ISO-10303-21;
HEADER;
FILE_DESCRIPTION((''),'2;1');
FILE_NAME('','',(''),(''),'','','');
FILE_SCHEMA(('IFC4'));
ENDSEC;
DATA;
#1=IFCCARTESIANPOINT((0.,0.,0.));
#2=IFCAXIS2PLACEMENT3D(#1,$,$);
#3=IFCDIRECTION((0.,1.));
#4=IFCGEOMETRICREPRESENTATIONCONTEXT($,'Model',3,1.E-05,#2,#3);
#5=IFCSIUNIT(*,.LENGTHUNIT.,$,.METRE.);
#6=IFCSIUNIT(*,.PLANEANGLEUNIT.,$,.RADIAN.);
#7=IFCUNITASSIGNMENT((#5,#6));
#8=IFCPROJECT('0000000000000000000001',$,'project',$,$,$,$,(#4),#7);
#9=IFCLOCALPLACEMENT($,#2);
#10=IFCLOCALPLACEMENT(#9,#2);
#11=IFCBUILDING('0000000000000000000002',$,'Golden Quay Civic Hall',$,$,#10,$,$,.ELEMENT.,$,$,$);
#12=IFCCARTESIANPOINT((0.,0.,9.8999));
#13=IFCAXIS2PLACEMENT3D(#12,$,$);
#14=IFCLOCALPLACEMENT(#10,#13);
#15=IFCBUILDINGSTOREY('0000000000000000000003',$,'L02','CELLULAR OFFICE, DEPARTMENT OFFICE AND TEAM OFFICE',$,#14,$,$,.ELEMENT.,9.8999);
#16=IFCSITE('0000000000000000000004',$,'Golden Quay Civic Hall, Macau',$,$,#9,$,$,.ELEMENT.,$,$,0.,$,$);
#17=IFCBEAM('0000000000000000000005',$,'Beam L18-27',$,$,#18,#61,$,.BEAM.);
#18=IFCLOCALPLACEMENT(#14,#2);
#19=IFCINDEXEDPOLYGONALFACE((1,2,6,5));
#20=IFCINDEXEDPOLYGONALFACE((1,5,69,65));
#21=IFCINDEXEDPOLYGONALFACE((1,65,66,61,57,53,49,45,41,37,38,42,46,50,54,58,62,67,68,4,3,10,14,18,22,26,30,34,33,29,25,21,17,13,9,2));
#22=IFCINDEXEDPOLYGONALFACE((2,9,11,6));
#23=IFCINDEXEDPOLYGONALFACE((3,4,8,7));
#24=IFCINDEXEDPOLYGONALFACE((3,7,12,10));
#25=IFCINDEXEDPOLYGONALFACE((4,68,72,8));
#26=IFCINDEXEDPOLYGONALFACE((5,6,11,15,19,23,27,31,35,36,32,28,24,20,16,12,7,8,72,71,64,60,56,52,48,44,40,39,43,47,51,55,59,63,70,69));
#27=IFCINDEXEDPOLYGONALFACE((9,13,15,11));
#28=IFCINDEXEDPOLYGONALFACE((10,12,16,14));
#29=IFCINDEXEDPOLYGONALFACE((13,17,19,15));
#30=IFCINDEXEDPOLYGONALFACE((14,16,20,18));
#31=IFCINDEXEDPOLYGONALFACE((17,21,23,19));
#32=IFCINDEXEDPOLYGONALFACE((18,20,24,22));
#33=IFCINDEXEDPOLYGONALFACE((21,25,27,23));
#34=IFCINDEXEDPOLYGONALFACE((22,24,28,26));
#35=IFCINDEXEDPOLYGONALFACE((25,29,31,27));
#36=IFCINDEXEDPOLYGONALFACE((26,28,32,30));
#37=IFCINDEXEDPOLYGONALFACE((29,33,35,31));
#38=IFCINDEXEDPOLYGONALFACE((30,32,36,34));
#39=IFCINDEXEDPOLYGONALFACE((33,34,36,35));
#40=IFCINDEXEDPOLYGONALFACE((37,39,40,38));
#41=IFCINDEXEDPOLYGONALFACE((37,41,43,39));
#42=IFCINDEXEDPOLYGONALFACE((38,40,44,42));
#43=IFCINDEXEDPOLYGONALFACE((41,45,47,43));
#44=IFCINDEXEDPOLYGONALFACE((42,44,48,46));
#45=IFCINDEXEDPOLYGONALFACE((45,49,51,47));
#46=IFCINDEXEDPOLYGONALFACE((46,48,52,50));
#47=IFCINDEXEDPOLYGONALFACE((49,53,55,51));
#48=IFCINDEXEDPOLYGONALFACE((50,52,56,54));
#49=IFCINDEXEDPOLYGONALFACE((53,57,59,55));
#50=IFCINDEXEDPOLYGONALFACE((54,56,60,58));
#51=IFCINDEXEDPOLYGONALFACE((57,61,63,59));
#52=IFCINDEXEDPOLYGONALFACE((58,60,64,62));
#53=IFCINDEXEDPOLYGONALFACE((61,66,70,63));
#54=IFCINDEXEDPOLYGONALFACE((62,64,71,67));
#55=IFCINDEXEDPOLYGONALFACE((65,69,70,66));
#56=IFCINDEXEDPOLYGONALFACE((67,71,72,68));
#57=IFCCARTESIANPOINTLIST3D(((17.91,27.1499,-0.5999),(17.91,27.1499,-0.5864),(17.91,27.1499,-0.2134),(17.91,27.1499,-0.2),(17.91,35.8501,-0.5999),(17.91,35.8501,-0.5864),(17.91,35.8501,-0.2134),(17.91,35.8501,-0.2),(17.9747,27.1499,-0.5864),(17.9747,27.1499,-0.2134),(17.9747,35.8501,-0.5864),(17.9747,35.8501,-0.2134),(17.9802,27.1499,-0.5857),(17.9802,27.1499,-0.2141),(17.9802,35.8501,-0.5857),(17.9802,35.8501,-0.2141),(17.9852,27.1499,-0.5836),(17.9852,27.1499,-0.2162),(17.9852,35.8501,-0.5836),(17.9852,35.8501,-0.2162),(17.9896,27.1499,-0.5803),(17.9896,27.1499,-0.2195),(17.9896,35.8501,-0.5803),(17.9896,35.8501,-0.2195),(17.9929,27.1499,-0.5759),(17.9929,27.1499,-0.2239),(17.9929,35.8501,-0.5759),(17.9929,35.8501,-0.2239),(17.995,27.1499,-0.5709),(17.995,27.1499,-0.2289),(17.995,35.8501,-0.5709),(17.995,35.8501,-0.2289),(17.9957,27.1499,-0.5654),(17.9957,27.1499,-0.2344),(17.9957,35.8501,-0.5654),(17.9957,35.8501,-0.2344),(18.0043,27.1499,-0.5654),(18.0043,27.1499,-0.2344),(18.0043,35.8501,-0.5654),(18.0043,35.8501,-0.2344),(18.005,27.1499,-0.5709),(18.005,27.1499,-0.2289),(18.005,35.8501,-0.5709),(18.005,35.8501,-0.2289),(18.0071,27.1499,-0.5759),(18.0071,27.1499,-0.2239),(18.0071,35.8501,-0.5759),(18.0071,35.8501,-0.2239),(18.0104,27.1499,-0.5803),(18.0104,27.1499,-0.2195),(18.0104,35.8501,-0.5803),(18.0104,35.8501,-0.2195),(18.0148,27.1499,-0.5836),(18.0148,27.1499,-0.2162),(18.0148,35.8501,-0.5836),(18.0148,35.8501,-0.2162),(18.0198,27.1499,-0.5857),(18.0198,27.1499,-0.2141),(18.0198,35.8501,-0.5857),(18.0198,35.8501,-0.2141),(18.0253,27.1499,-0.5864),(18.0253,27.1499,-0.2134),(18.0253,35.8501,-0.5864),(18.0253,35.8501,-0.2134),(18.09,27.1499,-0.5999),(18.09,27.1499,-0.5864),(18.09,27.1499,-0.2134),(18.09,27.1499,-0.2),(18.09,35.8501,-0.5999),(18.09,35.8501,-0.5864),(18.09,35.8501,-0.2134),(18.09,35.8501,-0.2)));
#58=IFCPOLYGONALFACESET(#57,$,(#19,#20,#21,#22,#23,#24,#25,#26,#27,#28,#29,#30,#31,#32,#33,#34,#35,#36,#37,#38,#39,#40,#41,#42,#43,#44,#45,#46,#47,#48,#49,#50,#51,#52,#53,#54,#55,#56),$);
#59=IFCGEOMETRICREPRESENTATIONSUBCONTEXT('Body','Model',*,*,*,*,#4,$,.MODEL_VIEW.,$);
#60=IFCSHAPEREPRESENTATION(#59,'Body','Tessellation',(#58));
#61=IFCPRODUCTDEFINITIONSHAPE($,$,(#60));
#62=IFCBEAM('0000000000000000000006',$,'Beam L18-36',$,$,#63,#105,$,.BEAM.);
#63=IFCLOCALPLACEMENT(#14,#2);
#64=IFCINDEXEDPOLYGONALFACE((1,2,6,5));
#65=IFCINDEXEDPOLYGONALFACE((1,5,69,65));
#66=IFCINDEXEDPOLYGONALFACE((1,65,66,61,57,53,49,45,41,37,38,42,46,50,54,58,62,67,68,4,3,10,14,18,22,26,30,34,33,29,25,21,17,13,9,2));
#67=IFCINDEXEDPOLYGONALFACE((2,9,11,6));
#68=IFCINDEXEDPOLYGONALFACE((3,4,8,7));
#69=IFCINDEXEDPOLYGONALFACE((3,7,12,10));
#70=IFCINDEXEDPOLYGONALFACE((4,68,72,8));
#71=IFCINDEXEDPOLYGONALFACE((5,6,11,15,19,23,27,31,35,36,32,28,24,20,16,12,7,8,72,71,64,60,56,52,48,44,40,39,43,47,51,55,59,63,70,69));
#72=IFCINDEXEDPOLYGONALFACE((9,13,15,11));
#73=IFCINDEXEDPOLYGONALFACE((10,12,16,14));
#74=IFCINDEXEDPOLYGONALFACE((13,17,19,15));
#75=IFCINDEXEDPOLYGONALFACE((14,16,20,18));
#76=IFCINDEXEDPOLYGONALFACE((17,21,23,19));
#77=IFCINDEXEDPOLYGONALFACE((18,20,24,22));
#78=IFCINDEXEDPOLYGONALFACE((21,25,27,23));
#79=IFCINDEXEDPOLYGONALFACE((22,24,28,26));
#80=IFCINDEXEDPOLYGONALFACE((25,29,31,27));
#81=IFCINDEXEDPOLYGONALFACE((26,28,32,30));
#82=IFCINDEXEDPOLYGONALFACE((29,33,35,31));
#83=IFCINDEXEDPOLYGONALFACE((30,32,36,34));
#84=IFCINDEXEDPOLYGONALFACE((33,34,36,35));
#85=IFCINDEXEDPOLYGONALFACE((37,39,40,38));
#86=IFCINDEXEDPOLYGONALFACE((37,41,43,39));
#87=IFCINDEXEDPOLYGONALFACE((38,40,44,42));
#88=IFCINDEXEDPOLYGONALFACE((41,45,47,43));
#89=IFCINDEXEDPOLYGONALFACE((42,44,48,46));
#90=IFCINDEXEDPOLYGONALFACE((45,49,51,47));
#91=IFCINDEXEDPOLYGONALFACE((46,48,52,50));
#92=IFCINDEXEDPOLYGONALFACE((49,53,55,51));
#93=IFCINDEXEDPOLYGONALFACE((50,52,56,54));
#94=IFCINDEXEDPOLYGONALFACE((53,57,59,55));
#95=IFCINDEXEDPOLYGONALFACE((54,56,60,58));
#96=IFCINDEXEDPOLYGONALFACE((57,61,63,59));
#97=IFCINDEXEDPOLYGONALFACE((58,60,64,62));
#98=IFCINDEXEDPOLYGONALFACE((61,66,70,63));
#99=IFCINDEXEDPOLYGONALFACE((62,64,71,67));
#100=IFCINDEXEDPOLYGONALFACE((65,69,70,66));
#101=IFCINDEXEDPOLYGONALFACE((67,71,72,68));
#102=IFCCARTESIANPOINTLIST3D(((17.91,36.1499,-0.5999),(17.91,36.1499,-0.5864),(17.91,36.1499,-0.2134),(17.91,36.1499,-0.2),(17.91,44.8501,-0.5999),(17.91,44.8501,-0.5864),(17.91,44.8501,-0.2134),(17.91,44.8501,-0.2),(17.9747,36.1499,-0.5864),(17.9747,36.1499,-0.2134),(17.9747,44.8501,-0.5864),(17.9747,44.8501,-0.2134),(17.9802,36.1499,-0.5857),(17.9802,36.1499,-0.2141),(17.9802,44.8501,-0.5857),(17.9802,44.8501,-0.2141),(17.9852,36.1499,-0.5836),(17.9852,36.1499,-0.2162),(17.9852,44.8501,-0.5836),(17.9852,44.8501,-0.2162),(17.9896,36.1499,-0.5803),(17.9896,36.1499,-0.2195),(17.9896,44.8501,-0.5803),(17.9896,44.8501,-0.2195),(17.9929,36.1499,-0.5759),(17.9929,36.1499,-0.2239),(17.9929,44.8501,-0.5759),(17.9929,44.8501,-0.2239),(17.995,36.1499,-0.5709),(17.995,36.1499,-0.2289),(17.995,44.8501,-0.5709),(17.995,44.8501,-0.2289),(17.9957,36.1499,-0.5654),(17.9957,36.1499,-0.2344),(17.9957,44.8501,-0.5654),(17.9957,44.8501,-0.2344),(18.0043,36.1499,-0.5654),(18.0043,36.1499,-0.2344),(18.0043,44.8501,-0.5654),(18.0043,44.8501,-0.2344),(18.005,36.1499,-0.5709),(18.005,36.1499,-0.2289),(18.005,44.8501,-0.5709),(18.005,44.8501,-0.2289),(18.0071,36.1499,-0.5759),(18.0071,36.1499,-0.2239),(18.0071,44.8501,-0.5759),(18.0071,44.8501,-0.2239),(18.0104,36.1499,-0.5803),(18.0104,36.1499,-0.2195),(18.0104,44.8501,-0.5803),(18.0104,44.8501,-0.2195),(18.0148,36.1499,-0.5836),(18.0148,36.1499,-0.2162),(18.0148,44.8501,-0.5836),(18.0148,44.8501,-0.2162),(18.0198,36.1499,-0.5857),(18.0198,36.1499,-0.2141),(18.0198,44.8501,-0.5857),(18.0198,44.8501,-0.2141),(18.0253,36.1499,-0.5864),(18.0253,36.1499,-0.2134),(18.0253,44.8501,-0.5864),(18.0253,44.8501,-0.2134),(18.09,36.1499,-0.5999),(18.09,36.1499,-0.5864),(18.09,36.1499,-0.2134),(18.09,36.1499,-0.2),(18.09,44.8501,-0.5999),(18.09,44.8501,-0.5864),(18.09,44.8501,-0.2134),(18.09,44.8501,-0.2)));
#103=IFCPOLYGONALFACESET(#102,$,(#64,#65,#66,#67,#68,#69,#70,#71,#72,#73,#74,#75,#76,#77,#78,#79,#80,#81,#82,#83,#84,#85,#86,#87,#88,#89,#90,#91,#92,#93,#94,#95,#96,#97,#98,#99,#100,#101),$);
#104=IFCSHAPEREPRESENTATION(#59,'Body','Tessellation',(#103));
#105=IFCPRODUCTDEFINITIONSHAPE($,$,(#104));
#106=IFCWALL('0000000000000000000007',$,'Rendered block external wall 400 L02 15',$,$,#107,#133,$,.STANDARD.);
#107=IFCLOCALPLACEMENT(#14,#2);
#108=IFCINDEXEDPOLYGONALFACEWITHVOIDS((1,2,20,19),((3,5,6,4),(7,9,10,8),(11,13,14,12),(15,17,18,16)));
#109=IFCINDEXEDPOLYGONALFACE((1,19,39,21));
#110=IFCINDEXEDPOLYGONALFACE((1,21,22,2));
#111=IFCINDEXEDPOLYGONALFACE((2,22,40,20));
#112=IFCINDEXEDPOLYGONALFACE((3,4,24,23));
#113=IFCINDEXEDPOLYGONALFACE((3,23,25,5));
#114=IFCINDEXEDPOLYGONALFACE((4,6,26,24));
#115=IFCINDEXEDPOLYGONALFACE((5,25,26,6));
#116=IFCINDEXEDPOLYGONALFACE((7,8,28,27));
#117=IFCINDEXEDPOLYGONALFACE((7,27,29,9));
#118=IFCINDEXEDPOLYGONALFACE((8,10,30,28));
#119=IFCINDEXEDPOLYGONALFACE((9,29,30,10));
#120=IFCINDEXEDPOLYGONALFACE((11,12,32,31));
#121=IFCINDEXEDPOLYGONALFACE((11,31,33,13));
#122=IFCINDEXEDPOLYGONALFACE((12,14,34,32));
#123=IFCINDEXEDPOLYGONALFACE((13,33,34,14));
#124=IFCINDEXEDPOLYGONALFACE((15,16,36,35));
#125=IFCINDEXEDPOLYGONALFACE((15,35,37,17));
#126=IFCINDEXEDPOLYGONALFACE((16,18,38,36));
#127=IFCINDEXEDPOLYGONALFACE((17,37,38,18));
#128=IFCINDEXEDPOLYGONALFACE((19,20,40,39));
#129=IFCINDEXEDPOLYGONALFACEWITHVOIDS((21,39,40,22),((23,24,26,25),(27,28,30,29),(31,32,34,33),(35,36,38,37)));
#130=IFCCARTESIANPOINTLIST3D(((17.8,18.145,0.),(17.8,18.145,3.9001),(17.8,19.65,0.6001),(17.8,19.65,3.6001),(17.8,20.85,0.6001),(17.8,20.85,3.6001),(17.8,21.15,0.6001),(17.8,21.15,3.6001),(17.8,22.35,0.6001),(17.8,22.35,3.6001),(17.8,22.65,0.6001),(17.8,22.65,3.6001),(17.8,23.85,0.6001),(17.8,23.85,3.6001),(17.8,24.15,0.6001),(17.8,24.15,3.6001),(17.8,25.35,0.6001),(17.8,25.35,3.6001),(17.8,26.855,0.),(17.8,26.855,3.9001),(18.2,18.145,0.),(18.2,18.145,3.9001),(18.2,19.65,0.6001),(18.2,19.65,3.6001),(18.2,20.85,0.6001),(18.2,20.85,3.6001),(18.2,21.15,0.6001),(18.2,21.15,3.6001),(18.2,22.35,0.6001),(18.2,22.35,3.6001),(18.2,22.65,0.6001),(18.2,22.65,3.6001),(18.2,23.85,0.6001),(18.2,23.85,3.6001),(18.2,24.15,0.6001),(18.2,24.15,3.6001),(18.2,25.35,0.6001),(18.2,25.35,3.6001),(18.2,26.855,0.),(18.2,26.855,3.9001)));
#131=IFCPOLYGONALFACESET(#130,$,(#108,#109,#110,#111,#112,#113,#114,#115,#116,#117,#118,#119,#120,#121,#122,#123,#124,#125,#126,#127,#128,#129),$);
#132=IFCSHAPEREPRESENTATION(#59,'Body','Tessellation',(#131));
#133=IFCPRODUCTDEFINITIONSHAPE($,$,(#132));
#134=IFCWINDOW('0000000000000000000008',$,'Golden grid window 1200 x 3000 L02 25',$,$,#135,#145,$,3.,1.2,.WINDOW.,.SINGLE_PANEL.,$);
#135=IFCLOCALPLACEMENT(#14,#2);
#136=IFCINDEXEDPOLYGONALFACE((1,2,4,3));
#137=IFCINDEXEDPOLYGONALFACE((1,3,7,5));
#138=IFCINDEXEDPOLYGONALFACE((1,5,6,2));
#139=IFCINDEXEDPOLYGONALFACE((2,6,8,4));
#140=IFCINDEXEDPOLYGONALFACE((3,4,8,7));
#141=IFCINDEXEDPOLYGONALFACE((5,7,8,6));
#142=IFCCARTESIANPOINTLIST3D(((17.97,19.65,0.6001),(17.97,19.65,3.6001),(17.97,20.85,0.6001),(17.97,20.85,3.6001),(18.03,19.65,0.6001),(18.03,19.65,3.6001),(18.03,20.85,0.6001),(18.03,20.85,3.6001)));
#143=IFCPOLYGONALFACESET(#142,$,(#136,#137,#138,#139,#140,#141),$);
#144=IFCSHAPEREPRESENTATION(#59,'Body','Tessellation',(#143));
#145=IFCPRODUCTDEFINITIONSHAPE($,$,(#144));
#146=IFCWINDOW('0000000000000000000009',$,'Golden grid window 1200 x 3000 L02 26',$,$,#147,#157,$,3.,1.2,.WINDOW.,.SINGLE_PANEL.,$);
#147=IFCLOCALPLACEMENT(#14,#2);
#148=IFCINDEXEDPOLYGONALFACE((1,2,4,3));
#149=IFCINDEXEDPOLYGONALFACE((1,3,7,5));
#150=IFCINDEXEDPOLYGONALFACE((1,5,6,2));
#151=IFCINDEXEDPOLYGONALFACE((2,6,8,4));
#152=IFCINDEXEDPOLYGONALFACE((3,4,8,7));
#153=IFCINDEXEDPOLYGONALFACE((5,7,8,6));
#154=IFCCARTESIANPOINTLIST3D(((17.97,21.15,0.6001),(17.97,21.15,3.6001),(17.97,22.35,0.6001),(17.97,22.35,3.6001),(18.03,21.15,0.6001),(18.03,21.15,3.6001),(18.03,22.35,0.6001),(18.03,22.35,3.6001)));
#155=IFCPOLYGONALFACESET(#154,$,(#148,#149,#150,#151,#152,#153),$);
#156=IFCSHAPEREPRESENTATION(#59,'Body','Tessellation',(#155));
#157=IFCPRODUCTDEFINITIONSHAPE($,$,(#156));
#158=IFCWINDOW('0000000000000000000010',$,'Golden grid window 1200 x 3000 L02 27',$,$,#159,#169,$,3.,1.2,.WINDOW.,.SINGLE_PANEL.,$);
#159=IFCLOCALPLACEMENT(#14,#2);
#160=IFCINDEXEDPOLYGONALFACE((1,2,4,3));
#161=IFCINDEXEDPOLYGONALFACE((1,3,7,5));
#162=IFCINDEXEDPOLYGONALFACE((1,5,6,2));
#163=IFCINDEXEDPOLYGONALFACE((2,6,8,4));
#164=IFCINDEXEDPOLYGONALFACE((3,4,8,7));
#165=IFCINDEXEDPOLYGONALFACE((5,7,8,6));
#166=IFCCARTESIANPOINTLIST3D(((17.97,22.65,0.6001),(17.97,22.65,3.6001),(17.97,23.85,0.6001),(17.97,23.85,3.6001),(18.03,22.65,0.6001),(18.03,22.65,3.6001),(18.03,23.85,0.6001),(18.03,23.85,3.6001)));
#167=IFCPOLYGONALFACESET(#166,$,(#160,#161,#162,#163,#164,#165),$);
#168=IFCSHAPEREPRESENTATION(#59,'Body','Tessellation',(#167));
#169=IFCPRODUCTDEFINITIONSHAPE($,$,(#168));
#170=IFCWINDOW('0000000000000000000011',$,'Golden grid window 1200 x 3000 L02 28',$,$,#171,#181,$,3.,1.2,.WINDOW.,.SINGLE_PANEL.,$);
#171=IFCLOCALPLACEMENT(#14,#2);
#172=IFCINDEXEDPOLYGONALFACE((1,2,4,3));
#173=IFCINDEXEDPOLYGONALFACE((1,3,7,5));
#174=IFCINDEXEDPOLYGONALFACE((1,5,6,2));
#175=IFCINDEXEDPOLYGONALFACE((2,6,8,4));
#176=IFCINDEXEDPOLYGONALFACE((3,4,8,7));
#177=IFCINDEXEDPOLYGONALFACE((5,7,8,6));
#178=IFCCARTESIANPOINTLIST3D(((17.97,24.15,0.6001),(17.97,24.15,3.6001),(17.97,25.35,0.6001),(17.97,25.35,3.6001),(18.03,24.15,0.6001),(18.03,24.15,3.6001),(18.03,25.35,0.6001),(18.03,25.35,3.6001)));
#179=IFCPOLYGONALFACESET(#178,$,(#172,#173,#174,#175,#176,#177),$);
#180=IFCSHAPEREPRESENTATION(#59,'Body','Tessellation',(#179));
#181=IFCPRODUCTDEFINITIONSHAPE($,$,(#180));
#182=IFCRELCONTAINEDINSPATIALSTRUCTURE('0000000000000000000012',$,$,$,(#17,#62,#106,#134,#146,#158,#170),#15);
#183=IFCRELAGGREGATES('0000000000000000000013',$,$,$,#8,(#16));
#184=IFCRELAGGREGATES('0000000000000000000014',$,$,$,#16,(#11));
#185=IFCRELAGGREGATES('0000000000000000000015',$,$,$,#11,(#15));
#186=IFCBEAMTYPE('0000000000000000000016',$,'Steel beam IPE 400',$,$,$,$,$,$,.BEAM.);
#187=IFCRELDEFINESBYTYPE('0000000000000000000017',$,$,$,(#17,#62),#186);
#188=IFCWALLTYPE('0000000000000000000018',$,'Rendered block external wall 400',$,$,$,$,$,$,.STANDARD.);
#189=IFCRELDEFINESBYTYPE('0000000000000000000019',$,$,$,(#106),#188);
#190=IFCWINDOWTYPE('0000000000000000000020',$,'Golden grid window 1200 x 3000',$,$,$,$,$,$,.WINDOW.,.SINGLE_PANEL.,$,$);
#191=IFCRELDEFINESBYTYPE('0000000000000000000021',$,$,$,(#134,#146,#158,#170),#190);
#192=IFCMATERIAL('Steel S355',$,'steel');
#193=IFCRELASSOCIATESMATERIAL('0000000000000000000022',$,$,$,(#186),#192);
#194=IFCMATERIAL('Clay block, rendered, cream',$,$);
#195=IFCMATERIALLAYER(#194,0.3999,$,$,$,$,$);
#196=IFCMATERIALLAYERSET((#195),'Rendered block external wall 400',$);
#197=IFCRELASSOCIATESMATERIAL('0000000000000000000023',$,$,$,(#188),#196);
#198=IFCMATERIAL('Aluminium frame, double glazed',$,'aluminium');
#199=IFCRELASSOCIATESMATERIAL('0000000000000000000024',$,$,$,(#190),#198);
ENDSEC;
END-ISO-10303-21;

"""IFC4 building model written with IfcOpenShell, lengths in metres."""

from ifc_helpers import new_model, si_unit, direction, frame, frame_2d, origin, origin_2d, place, context, subcontext, project, spatial, rectangle, i_section, extrude, material, layer, layer_set, material_profile, profile_set, type_object, element, fill, save


model = new_model("IFC4")

# Units and contexts
model_context = context("Model", 3, precision=1e-05, world=origin(), true_north=direction((0.0, 1.0)))
body_context = subcontext(model_context, "Body", "Model", "MODEL_VIEW")
ifc_project = project(units=[si_unit("LENGTHUNIT", "METRE"), si_unit("PLANEANGLEUNIT", "RADIAN")], contexts=[model_context])

# Site, building, storey
site_placement = place(None, origin())
site = spatial("IfcSite", under=ifc_project, at=site_placement, Name="Golden Quay Civic Hall, Macau", CompositionType="ELEMENT", RefElevation=0.0)
building_placement = place(site_placement, origin())
building = spatial("IfcBuilding", under=site, at=building_placement, Name="Golden Quay Civic Hall", CompositionType="ELEMENT")
storey_placement = place(building_placement, frame((0.0, 0.0, 9.8999)))
storey = spatial("IfcBuildingStorey", under=building, at=storey_placement, Name="L02", Description="CELLULAR OFFICE, DEPARTMENT OFFICE AND TEAM OFFICE", CompositionType="ELEMENT", Elevation=9.8999)

# Beams
ifc_material_1 = material(Name="Steel S355", Category="steel")
ifc_material_profile_1 = material_profile(ifc_material_1, i_section(OverallWidth=0.1799, OverallDepth=0.3999, WebThickness=0.0085, FlangeThickness=0.0134, FilletRadius=0.021, at=origin_2d()), Name="IPE 400")
ifc_profile_set_1 = profile_set([ifc_material_profile_1], Name="Steel S355")
beam_type_1 = type_object("IfcBeamType", Name="Steel beam IPE 400", PredefinedType="BEAM", material=ifc_profile_set_1)
for number, where, z_axis, x_axis, name in (
    (1, (18.0, 27.1499, -0.3999), (0.0, 1.0, 0.0), (-1.0, 0.0, 0.0), "Beam L18-27"),
    (2, (18.0, 36.1499, -0.3999), (0.0, 1.0, 0.0), (-1.0, 0.0, 0.0), "Beam L18-36"),
):
    element("IfcBeam", number, at=place(storey_placement, frame(where, z_axis=z_axis, x_axis=x_axis)), inside=storey, type_object=beam_type_1, Name=name, PredefinedType="BEAM", context=body_context, shape_type="SweptSolid", body=[
        extrude(i_section(OverallWidth=0.1799, OverallDepth=0.3999, WebThickness=0.0085, FlangeThickness=0.0134, FilletRadius=0.021, at=origin_2d()), origin(), (0.0, 0.0, 1.0), 8.7002),
    ])

# Wall, openings, windows
ifc_material_2 = material(Name="Clay block, rendered, cream")
ifc_layer_1 = layer(ifc_material_2, 0.3999)
ifc_layer_set_1 = layer_set([ifc_layer_1], Name="Rendered block external wall 400")
wall_type = type_object("IfcWallType", Name="Rendered block external wall 400", PredefinedType="STANDARD", material=ifc_layer_set_1)
wall_1_placement = place(storey_placement, frame((18.0, 26.855, 0.0), z_axis=(0.0, 0.0, 1.0), x_axis=(0.0, -1.0, 0.0)))
wall_1 = element("IfcWall", 3, at=wall_1_placement, inside=storey, type_object=wall_type, Name="Rendered block external wall 400 L02 15", PredefinedType="STANDARD", context=body_context, shape_type="SweptSolid", body=[
    extrude(rectangle(XDim=8.71, YDim=0.3999, at=frame_2d((4.355, 0.0))), origin(), (0.0, 0.0, 1.0), 3.9001),
])
opening_1_placement = place(wall_1_placement, frame((6.0049, 0.0, 0.6001)))
opening_1 = element("IfcOpeningElement", 4, at=opening_1_placement, cuts=wall_1, PredefinedType="OPENING", context=body_context, shape_type="SweptSolid", body=[
    extrude(rectangle(XDim=1.2, YDim=3.0, at=frame_2d((0.6001, 1.5))), frame((0.0, 0.21, 0.0), z_axis=(0.0, -1.0, 0.0), x_axis=(1.0, 0.0, 0.0)), (0.0, 0.0, 1.0), 0.4199),
])
opening_2_placement = place(wall_1_placement, frame((4.5049, 0.0, 0.6001)))
opening_2 = element("IfcOpeningElement", 5, at=opening_2_placement, cuts=wall_1, PredefinedType="OPENING", context=body_context, shape_type="SweptSolid", body=[
    extrude(rectangle(XDim=1.2, YDim=3.0, at=frame_2d((0.6001, 1.5))), frame((0.0, 0.21, 0.0), z_axis=(0.0, -1.0, 0.0), x_axis=(1.0, 0.0, 0.0)), (0.0, 0.0, 1.0), 0.4199),
])
opening_3_placement = place(wall_1_placement, frame((3.0049, 0.0, 0.6001)))
opening_3 = element("IfcOpeningElement", 6, at=opening_3_placement, cuts=wall_1, PredefinedType="OPENING", context=body_context, shape_type="SweptSolid", body=[
    extrude(rectangle(XDim=1.2, YDim=3.0, at=frame_2d((0.6001, 1.5))), frame((0.0, 0.21, 0.0), z_axis=(0.0, -1.0, 0.0), x_axis=(1.0, 0.0, 0.0)), (0.0, 0.0, 1.0), 0.4199),
])
opening_4_placement = place(wall_1_placement, frame((1.5049, 0.0, 0.6001)))
opening_4 = element("IfcOpeningElement", 7, at=opening_4_placement, cuts=wall_1, PredefinedType="OPENING", context=body_context, shape_type="SweptSolid", body=[
    extrude(rectangle(XDim=1.2, YDim=3.0, at=frame_2d((0.6001, 1.5))), frame((0.0, 0.21, 0.0), z_axis=(0.0, -1.0, 0.0), x_axis=(1.0, 0.0, 0.0)), (0.0, 0.0, 1.0), 0.4199),
])
ifc_material_3 = material(Name="Aluminium frame, double glazed", Category="aluminium")
window_type = type_object("IfcWindowType", Name="Golden grid window 1200 x 3000", PartitioningType="SINGLE_PANEL", PredefinedType="WINDOW", material=ifc_material_3)
window_1_placement = place(opening_1_placement, origin())
window_1 = element("IfcWindow", 8, at=window_1_placement, inside=storey, type_object=window_type, Name="Golden grid window 1200 x 3000 L02 25", OverallHeight=3.0, OverallWidth=1.2, PartitioningType="SINGLE_PANEL", PredefinedType="WINDOW", context=body_context, shape_type="SweptSolid", body=[
    extrude(rectangle(XDim=1.2, YDim=3.0, at=frame_2d((0.6001, 1.5))), frame((0.0, 0.03, 0.0), z_axis=(0.0, -1.0, 0.0), x_axis=(1.0, 0.0, 0.0)), (0.0, 0.0, 1.0), 0.0601),
])
fill(opening_1, window_1)
window_2_placement = place(opening_2_placement, origin())
window_2 = element("IfcWindow", 9, at=window_2_placement, inside=storey, type_object=window_type, Name="Golden grid window 1200 x 3000 L02 26", OverallHeight=3.0, OverallWidth=1.2, PartitioningType="SINGLE_PANEL", PredefinedType="WINDOW", context=body_context, shape_type="SweptSolid", body=[
    extrude(rectangle(XDim=1.2, YDim=3.0, at=frame_2d((0.6001, 1.5))), frame((0.0, 0.03, 0.0), z_axis=(0.0, -1.0, 0.0), x_axis=(1.0, 0.0, 0.0)), (0.0, 0.0, 1.0), 0.0601),
])
fill(opening_2, window_2)
window_3_placement = place(opening_3_placement, origin())
window_3 = element("IfcWindow", 10, at=window_3_placement, inside=storey, type_object=window_type, Name="Golden grid window 1200 x 3000 L02 27", OverallHeight=3.0, OverallWidth=1.2, PartitioningType="SINGLE_PANEL", PredefinedType="WINDOW", context=body_context, shape_type="SweptSolid", body=[
    extrude(rectangle(XDim=1.2, YDim=3.0, at=frame_2d((0.6001, 1.5))), frame((0.0, 0.03, 0.0), z_axis=(0.0, -1.0, 0.0), x_axis=(1.0, 0.0, 0.0)), (0.0, 0.0, 1.0), 0.0601),
])
fill(opening_3, window_3)
window_4_placement = place(opening_4_placement, origin())
window_4 = element("IfcWindow", 11, at=window_4_placement, inside=storey, type_object=window_type, Name="Golden grid window 1200 x 3000 L02 28", OverallHeight=3.0, OverallWidth=1.2, PartitioningType="SINGLE_PANEL", PredefinedType="WINDOW", context=body_context, shape_type="SweptSolid", body=[
    extrude(rectangle(XDim=1.2, YDim=3.0, at=frame_2d((0.6001, 1.5))), frame((0.0, 0.03, 0.0), z_axis=(0.0, -1.0, 0.0), x_axis=(1.0, 0.0, 0.0)), (0.0, 0.0, 1.0), 0.0601),
])
fill(opening_4, window_4)

save(model, "model.ifc")
